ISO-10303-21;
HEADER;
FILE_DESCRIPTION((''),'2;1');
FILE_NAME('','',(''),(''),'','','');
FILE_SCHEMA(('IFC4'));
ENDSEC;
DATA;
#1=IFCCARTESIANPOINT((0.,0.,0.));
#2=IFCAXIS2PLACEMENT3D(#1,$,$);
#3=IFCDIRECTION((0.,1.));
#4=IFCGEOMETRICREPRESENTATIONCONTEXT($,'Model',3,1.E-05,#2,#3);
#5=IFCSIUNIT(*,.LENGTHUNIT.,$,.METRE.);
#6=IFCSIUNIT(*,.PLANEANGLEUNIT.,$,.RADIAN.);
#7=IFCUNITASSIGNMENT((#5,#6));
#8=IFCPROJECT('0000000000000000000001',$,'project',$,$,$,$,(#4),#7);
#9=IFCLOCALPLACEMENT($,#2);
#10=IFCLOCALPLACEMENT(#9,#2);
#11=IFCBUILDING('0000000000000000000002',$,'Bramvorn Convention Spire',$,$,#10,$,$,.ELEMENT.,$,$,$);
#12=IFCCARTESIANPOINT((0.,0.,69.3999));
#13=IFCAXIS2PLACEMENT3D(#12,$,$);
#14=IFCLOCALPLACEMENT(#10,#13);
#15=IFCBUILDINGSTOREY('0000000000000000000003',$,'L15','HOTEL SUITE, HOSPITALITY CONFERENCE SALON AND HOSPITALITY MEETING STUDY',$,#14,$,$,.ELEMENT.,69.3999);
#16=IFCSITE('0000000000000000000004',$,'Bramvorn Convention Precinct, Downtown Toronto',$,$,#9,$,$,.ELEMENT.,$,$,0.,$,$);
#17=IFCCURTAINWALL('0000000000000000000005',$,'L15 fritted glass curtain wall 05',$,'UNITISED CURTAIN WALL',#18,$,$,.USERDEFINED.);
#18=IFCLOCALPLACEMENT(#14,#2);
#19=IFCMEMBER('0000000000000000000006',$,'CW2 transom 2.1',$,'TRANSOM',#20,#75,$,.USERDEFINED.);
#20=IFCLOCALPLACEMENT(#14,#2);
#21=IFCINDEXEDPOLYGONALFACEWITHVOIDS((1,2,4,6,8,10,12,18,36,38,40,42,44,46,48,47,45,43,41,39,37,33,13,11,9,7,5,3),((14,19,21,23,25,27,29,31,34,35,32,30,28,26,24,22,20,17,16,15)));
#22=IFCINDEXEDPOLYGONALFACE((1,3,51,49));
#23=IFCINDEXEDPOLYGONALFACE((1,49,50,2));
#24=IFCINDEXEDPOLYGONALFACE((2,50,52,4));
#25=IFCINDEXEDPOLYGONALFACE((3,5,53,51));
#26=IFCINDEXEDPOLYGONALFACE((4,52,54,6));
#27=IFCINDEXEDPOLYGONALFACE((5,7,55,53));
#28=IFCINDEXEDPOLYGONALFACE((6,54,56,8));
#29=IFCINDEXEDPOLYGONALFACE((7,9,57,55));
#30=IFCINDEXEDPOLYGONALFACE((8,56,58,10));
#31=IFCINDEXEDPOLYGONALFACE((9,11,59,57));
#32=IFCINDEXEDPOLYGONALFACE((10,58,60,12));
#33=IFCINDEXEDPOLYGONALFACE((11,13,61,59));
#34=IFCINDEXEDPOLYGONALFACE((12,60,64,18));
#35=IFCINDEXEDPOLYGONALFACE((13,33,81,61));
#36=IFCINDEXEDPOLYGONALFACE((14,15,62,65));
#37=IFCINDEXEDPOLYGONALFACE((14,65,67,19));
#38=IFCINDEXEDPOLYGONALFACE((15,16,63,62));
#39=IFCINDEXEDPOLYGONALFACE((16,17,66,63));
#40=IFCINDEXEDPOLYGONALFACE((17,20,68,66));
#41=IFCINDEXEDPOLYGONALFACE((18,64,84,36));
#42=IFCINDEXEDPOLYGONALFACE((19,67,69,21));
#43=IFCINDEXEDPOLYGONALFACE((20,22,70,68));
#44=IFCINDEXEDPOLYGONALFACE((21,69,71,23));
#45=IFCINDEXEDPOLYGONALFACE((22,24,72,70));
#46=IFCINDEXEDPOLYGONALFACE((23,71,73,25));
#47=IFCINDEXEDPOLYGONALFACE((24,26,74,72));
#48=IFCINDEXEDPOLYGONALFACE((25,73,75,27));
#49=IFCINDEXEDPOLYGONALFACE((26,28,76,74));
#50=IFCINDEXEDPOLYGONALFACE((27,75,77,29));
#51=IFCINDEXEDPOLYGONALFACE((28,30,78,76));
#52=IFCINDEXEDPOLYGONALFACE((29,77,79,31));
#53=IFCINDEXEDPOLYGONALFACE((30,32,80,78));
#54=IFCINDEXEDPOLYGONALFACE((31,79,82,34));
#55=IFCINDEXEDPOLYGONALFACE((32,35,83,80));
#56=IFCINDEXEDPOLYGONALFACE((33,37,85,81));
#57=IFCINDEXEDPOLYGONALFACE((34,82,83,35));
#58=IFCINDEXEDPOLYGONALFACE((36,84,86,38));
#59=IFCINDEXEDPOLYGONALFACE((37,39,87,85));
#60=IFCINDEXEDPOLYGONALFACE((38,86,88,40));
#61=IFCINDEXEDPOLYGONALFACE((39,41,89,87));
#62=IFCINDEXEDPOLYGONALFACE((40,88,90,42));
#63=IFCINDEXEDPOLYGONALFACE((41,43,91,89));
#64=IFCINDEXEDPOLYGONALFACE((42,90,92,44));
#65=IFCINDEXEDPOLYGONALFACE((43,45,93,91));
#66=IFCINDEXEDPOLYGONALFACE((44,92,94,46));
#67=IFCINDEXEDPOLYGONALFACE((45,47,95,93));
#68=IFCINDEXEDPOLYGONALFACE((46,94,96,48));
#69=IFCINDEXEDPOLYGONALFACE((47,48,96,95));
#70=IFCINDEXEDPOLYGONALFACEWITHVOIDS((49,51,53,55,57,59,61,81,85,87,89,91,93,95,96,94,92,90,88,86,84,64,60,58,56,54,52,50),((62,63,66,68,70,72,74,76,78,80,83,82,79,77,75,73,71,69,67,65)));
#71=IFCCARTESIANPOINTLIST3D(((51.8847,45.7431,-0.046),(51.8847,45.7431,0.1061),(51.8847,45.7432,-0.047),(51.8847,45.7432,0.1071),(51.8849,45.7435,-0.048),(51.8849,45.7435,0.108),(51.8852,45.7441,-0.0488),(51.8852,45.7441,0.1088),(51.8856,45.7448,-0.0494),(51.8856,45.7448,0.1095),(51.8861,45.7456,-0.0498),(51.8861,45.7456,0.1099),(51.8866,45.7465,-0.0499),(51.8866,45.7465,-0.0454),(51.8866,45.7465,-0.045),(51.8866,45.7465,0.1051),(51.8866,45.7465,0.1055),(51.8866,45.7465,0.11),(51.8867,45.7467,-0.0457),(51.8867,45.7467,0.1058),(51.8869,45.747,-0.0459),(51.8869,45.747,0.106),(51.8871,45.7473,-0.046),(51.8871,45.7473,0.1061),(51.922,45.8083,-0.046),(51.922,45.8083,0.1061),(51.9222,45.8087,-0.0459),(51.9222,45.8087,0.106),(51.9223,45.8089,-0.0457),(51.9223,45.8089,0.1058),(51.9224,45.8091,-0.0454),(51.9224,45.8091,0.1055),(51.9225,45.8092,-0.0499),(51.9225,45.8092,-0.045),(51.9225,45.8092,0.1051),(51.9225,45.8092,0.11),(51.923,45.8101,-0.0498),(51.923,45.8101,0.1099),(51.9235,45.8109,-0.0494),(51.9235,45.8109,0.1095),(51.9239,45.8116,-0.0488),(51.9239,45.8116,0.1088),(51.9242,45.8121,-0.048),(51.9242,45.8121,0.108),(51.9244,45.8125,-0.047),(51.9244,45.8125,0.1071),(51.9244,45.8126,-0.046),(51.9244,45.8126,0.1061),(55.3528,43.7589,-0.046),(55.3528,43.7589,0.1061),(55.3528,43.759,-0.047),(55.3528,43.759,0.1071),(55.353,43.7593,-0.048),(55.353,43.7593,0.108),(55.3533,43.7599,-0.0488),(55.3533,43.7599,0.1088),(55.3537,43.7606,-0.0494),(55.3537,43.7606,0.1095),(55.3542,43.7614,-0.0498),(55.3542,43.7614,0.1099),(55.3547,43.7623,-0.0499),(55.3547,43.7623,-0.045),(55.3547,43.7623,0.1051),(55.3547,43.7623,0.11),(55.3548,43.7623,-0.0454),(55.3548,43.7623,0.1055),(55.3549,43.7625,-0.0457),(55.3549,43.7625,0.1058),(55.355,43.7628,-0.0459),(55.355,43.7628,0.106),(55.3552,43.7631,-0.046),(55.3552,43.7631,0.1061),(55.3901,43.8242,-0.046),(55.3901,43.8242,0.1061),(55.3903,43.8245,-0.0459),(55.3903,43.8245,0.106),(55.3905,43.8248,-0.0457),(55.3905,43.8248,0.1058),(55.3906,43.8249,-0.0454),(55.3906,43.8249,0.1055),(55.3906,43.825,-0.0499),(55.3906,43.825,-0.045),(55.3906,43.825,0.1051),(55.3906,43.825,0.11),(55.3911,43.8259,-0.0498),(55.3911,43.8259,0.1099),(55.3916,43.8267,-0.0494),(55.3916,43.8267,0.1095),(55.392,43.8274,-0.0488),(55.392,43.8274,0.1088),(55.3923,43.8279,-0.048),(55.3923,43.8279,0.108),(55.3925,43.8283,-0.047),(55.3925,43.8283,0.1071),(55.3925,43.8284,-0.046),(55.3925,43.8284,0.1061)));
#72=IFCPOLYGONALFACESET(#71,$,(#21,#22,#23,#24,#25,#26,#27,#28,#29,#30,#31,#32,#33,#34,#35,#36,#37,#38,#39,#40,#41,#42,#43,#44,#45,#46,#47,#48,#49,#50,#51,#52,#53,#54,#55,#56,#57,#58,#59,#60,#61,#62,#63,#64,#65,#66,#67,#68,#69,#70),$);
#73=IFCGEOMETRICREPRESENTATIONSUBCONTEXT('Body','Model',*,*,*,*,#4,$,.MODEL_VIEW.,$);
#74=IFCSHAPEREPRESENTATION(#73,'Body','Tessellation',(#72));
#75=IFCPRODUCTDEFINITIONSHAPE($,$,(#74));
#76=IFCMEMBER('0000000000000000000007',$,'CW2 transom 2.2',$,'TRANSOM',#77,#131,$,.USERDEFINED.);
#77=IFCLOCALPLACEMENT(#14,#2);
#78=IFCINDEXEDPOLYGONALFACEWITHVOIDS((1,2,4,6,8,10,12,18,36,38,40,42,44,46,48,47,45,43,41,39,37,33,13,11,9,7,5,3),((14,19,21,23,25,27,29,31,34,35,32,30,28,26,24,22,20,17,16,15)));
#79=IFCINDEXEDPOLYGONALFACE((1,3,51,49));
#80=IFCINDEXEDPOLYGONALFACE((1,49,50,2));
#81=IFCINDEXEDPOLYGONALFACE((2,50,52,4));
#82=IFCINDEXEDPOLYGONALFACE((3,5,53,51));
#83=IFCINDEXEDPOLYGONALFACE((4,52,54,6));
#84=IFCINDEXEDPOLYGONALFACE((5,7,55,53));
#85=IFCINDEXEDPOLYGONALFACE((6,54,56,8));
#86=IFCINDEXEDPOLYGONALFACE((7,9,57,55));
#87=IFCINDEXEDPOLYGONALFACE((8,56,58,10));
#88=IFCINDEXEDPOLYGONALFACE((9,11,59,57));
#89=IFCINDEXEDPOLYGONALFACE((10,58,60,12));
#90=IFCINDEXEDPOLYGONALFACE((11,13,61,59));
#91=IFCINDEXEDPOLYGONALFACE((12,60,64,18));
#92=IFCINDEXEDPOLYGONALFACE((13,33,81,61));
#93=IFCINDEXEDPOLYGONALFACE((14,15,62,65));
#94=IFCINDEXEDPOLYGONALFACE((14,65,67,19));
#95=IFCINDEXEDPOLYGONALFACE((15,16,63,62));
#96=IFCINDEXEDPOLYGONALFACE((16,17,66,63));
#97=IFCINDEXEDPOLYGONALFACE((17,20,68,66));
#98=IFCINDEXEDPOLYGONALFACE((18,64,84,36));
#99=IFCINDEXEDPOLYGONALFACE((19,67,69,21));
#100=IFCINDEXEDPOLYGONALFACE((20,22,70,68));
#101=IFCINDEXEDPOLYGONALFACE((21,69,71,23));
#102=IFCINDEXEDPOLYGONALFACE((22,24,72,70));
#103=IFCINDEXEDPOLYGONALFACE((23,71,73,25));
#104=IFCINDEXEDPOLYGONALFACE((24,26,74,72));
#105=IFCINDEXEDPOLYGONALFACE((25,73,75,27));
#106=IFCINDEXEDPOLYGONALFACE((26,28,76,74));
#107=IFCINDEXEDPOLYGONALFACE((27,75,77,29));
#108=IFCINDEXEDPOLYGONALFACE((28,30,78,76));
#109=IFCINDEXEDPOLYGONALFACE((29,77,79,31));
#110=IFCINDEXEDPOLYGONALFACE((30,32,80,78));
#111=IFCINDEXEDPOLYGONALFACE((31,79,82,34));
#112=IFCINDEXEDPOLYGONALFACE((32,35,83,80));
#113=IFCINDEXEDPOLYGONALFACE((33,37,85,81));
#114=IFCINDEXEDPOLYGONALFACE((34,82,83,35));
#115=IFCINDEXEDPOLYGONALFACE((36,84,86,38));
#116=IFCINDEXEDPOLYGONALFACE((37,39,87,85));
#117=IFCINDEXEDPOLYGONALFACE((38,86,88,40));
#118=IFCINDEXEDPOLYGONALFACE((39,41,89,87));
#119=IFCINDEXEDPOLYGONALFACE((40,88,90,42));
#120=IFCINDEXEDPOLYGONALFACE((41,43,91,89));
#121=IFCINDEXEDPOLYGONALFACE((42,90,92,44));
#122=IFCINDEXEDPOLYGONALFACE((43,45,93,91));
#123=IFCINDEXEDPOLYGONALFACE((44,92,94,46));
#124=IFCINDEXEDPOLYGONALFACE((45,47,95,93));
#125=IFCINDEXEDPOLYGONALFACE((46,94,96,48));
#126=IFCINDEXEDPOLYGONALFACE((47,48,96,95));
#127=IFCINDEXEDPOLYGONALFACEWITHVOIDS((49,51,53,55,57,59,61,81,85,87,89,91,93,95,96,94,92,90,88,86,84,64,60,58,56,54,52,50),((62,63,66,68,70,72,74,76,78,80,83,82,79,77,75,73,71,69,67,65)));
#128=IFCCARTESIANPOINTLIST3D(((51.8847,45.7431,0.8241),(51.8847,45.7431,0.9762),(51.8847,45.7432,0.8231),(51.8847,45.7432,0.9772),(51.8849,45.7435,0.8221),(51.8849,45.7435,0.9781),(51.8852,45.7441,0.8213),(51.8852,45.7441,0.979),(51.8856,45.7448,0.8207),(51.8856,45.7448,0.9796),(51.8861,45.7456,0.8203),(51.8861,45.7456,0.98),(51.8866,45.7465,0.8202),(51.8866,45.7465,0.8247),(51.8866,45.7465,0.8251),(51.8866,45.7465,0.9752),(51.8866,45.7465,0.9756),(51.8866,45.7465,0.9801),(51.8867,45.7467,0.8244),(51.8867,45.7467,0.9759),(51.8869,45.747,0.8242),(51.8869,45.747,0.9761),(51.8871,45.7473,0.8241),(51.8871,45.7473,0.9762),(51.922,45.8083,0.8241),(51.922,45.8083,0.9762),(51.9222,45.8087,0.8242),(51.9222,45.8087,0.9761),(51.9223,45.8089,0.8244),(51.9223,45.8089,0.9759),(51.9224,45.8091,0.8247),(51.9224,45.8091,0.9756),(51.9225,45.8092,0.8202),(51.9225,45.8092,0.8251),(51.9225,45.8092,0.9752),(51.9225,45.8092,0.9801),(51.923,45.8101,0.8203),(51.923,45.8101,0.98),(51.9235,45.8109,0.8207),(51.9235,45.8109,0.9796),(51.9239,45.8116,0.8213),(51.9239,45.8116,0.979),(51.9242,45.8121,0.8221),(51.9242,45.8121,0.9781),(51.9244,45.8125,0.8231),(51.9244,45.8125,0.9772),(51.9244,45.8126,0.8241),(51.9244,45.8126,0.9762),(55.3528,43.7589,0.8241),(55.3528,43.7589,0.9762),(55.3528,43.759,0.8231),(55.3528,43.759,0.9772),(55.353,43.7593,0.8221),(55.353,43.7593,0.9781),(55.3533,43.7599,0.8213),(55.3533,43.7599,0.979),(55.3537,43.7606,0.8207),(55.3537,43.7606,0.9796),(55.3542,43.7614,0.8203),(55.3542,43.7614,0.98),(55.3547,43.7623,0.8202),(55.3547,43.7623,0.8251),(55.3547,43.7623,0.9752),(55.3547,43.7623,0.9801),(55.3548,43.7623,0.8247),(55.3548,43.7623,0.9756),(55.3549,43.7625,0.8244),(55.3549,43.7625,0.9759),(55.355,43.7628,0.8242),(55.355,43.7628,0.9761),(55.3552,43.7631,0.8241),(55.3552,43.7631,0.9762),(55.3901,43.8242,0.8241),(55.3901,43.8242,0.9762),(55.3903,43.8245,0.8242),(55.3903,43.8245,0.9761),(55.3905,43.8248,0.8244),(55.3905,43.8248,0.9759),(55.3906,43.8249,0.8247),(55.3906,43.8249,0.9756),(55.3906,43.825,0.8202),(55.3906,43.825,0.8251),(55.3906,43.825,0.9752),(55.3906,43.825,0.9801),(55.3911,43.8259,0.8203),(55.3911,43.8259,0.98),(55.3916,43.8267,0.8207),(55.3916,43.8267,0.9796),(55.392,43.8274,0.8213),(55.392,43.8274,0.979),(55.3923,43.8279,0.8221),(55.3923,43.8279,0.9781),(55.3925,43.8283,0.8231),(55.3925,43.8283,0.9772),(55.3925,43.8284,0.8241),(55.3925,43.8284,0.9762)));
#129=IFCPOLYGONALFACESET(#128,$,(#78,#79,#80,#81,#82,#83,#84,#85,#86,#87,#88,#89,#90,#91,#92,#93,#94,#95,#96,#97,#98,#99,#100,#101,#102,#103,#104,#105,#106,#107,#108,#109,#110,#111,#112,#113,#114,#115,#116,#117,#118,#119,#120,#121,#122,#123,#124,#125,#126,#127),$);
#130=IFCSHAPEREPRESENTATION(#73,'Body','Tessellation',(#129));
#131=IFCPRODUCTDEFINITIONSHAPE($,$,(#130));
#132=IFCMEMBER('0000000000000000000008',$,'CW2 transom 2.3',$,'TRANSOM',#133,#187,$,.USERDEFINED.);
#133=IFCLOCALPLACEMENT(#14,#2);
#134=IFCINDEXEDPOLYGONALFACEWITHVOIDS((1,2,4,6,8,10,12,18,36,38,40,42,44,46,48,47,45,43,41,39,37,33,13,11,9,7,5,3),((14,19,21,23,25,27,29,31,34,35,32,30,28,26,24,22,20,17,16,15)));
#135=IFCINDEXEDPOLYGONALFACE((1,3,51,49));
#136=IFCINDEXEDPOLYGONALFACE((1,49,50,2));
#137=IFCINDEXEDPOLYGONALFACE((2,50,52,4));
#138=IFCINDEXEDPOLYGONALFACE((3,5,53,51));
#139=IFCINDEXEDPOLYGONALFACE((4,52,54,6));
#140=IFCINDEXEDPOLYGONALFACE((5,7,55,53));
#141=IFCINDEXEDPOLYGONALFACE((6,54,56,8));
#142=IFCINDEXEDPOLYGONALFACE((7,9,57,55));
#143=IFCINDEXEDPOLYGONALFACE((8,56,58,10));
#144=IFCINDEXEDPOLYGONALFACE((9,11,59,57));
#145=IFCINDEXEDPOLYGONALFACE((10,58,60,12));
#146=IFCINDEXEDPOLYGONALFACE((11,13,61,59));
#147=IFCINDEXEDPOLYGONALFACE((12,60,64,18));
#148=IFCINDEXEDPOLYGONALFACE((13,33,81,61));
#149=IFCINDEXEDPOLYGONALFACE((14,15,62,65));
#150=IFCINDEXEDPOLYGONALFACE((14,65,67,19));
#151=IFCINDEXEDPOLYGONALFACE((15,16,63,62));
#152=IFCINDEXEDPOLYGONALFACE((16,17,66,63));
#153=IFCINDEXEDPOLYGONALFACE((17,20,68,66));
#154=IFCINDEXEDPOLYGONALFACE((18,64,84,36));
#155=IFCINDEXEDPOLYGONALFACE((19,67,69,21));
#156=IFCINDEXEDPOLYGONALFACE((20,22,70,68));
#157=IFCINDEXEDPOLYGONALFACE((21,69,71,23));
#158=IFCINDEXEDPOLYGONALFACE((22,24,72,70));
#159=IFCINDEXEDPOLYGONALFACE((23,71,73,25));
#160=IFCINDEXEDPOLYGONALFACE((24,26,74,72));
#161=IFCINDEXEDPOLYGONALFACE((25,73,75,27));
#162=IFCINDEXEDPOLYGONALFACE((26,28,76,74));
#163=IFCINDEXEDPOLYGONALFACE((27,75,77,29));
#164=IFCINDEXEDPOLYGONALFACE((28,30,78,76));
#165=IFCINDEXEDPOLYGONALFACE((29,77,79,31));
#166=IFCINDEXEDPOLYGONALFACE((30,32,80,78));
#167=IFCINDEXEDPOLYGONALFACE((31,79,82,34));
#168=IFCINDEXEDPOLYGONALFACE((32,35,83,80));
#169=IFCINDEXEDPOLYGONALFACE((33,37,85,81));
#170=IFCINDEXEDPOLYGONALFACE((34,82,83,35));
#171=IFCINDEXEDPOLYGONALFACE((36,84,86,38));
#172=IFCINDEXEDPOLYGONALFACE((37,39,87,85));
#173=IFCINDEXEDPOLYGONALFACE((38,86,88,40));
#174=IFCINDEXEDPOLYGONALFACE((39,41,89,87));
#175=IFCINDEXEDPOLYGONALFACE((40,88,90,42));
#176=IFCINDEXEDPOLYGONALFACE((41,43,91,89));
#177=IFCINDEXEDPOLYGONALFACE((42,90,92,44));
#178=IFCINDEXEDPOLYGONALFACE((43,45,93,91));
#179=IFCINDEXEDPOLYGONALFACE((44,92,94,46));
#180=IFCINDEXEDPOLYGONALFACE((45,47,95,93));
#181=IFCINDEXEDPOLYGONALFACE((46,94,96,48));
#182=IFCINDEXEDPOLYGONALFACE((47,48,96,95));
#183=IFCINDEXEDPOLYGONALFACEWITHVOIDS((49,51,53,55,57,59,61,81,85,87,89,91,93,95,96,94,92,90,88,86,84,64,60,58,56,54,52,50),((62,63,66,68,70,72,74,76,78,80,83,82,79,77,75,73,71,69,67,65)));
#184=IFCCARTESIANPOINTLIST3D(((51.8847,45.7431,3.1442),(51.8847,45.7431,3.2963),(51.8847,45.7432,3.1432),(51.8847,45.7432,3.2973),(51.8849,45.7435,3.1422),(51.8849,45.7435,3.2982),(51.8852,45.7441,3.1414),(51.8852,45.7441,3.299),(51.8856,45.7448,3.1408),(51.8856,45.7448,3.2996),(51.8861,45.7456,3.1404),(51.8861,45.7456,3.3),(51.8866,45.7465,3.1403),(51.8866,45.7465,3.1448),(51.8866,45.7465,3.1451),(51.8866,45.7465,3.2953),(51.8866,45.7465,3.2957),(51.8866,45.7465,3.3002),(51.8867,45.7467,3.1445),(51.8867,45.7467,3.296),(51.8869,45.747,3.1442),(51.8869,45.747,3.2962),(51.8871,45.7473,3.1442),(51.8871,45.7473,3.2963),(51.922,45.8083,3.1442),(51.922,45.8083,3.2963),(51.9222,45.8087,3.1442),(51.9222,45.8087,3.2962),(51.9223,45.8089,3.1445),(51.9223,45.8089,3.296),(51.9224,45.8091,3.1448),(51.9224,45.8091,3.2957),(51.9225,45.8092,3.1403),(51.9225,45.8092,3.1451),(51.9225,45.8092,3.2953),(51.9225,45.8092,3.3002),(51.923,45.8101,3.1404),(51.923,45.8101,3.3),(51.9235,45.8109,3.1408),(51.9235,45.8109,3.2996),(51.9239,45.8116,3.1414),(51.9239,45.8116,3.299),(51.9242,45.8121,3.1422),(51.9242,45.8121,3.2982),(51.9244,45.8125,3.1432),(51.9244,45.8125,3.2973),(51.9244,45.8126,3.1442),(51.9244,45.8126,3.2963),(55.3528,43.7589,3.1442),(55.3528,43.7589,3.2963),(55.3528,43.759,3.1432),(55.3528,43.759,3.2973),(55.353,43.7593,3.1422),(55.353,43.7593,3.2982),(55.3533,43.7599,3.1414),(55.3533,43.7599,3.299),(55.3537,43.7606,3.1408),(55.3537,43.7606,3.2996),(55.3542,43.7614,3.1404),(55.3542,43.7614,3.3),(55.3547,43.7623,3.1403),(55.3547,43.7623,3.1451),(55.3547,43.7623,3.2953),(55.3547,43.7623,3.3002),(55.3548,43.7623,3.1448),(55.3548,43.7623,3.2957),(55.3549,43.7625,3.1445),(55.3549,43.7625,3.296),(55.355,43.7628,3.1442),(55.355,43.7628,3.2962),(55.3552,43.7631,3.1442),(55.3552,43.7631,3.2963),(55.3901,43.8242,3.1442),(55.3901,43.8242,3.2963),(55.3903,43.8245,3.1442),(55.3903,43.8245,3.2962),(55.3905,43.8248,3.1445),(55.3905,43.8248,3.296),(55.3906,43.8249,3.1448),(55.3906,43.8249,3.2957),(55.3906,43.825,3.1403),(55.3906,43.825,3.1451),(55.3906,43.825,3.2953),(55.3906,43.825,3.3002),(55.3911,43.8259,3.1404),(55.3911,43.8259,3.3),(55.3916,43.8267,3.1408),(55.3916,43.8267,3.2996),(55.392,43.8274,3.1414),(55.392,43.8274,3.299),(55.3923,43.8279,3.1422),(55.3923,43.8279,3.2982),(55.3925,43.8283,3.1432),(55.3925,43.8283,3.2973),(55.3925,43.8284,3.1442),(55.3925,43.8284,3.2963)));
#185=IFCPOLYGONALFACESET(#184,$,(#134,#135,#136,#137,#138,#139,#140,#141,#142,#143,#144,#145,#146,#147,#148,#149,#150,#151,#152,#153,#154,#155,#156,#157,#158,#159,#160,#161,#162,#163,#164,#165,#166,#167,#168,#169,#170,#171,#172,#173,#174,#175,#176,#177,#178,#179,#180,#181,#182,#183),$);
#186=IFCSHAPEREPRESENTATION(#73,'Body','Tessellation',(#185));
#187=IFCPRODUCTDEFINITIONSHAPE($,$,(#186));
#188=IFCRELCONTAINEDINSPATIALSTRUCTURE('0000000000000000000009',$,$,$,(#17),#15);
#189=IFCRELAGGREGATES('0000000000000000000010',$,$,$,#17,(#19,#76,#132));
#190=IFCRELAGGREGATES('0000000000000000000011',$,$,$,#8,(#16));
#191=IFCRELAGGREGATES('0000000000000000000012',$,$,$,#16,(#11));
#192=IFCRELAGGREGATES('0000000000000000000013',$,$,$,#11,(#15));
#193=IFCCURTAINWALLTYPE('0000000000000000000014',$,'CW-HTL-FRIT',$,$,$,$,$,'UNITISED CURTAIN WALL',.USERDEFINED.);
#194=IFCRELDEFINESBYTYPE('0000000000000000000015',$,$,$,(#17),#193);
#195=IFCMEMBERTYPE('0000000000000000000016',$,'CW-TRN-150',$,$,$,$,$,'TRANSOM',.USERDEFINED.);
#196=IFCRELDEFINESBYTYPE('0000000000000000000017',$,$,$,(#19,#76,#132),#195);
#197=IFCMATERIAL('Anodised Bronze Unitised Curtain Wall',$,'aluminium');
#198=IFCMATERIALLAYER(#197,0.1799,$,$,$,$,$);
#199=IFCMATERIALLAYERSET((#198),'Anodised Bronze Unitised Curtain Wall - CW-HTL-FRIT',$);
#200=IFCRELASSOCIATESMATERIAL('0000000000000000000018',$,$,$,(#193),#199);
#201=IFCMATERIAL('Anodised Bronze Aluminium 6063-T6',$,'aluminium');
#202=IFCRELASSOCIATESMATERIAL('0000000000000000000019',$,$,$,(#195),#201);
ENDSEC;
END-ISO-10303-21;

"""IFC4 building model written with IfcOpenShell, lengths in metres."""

from ifc_helpers import new_model, si_unit, direction, frame, origin, origin_2d, place, context, subcontext, project, spatial, hollow_rectangle, extrude, material, layer, layer_set, material_profile, profile_set, type_object, element, aggregate, save


model = new_model("IFC4")

# Units and contexts
model_context = context("Model", 3, precision=1e-05, world=origin(), true_north=direction((0.0, 1.0)))
body_context = subcontext(model_context, "Body", "Model", "MODEL_VIEW")
ifc_project = project(units=[si_unit("LENGTHUNIT", "METRE"), si_unit("PLANEANGLEUNIT", "RADIAN")], contexts=[model_context])

# Site, building, storey
site_placement = place(None, origin())
site = spatial("IfcSite", under=ifc_project, at=site_placement, Name="Bramvorn Convention Precinct, Downtown Toronto", CompositionType="ELEMENT", RefElevation=0.0)
building_placement = place(site_placement, origin())
building = spatial("IfcBuilding", under=site, at=building_placement, Name="Bramvorn Convention Spire", CompositionType="ELEMENT")
storey_placement = place(building_placement, frame((0.0, 0.0, 69.3999)))
storey = spatial("IfcBuildingStorey", under=building, at=storey_placement, Name="L15", Description="HOTEL SUITE, HOSPITALITY CONFERENCE SALON AND HOSPITALITY MEETING STUDY", CompositionType="ELEMENT", Elevation=69.3999)

# Curtain wall, members
ifc_material_1 = material(Name="Anodised Bronze Unitised Curtain Wall", Category="aluminium")
ifc_layer_1 = layer(ifc_material_1, 0.1799)
ifc_layer_set_1 = layer_set([ifc_layer_1], Name="Anodised Bronze Unitised Curtain Wall - CW-HTL-FRIT")
curtain_wall_type = type_object("IfcCurtainWallType", Name="CW-HTL-FRIT", ElementType="UNITISED CURTAIN WALL", PredefinedType="USERDEFINED", material=ifc_layer_set_1)
curtain_wall_placement = place(storey_placement, origin())
curtain_wall = element("IfcCurtainWall", 1, at=curtain_wall_placement, inside=storey, type_object=curtain_wall_type, Name="L15 fritted glass curtain wall 05", ObjectType="UNITISED CURTAIN WALL", PredefinedType="USERDEFINED")
ifc_material_2 = material(Name="Anodised Bronze Aluminium 6063-T6", Category="aluminium")
ifc_material_profile_1 = material_profile(ifc_material_2, hollow_rectangle(XDim=0.0801, YDim=0.1599, WallThickness=0.0039, InnerFilletRadius=0.001, OuterFilletRadius=0.0039, at=origin_2d()))
ifc_profile_set_1 = profile_set([ifc_material_profile_1], Name="Anodised Bronze Aluminium 6063-T6 - CWT80X160")
member_type_1 = type_object("IfcMemberType", Name="CW-TRN-150", ElementType="TRANSOM", PredefinedType="USERDEFINED", material=ifc_profile_set_1)
member_1_placement = place(storey_placement, frame((51.9045, 45.7778, 0.03), z_axis=(0.867984, -0.496593, 0.0), x_axis=(0.496593, 0.867984, 0.0)))
member_1 = element("IfcMember", 2, at=member_1_placement, type_object=member_type_1, Name="CW2 transom 2.1", ObjectType="TRANSOM", PredefinedType="USERDEFINED", context=body_context, shape_type="SweptSolid", body=[
    extrude(hollow_rectangle(XDim=0.0801, YDim=0.1599, WallThickness=0.0039, InnerFilletRadius=0.001, OuterFilletRadius=0.0039, at=origin_2d()), origin(), (0.0, 0.0, 1.0), 3.9956),
])
member_2_placement = place(storey_placement, frame((51.9045, 45.7778, 0.9001), z_axis=(0.867984, -0.496593, 0.0), x_axis=(0.496593, 0.867984, 0.0)))
member_2 = element("IfcMember", 3, at=member_2_placement, type_object=member_type_1, Name="CW2 transom 2.2", ObjectType="TRANSOM", PredefinedType="USERDEFINED", context=body_context, shape_type="SweptSolid", body=[
    extrude(hollow_rectangle(XDim=0.0801, YDim=0.1599, WallThickness=0.0039, InnerFilletRadius=0.001, OuterFilletRadius=0.0039, at=origin_2d()), origin(), (0.0, 0.0, 1.0), 3.9956),
])
member_3_placement = place(storey_placement, frame((51.9045, 45.7778, 3.2202), z_axis=(0.867984, -0.496593, 0.0), x_axis=(0.496593, 0.867984, 0.0)))
member_3 = element("IfcMember", 4, at=member_3_placement, type_object=member_type_1, Name="CW2 transom 2.3", ObjectType="TRANSOM", PredefinedType="USERDEFINED", context=body_context, shape_type="SweptSolid", body=[
    extrude(hollow_rectangle(XDim=0.0801, YDim=0.1599, WallThickness=0.0039, InnerFilletRadius=0.001, OuterFilletRadius=0.0039, at=origin_2d()), origin(), (0.0, 0.0, 1.0), 3.9956),
])

aggregate(curtain_wall, [member_1, member_2, member_3])

save(model, "model.ifc")
